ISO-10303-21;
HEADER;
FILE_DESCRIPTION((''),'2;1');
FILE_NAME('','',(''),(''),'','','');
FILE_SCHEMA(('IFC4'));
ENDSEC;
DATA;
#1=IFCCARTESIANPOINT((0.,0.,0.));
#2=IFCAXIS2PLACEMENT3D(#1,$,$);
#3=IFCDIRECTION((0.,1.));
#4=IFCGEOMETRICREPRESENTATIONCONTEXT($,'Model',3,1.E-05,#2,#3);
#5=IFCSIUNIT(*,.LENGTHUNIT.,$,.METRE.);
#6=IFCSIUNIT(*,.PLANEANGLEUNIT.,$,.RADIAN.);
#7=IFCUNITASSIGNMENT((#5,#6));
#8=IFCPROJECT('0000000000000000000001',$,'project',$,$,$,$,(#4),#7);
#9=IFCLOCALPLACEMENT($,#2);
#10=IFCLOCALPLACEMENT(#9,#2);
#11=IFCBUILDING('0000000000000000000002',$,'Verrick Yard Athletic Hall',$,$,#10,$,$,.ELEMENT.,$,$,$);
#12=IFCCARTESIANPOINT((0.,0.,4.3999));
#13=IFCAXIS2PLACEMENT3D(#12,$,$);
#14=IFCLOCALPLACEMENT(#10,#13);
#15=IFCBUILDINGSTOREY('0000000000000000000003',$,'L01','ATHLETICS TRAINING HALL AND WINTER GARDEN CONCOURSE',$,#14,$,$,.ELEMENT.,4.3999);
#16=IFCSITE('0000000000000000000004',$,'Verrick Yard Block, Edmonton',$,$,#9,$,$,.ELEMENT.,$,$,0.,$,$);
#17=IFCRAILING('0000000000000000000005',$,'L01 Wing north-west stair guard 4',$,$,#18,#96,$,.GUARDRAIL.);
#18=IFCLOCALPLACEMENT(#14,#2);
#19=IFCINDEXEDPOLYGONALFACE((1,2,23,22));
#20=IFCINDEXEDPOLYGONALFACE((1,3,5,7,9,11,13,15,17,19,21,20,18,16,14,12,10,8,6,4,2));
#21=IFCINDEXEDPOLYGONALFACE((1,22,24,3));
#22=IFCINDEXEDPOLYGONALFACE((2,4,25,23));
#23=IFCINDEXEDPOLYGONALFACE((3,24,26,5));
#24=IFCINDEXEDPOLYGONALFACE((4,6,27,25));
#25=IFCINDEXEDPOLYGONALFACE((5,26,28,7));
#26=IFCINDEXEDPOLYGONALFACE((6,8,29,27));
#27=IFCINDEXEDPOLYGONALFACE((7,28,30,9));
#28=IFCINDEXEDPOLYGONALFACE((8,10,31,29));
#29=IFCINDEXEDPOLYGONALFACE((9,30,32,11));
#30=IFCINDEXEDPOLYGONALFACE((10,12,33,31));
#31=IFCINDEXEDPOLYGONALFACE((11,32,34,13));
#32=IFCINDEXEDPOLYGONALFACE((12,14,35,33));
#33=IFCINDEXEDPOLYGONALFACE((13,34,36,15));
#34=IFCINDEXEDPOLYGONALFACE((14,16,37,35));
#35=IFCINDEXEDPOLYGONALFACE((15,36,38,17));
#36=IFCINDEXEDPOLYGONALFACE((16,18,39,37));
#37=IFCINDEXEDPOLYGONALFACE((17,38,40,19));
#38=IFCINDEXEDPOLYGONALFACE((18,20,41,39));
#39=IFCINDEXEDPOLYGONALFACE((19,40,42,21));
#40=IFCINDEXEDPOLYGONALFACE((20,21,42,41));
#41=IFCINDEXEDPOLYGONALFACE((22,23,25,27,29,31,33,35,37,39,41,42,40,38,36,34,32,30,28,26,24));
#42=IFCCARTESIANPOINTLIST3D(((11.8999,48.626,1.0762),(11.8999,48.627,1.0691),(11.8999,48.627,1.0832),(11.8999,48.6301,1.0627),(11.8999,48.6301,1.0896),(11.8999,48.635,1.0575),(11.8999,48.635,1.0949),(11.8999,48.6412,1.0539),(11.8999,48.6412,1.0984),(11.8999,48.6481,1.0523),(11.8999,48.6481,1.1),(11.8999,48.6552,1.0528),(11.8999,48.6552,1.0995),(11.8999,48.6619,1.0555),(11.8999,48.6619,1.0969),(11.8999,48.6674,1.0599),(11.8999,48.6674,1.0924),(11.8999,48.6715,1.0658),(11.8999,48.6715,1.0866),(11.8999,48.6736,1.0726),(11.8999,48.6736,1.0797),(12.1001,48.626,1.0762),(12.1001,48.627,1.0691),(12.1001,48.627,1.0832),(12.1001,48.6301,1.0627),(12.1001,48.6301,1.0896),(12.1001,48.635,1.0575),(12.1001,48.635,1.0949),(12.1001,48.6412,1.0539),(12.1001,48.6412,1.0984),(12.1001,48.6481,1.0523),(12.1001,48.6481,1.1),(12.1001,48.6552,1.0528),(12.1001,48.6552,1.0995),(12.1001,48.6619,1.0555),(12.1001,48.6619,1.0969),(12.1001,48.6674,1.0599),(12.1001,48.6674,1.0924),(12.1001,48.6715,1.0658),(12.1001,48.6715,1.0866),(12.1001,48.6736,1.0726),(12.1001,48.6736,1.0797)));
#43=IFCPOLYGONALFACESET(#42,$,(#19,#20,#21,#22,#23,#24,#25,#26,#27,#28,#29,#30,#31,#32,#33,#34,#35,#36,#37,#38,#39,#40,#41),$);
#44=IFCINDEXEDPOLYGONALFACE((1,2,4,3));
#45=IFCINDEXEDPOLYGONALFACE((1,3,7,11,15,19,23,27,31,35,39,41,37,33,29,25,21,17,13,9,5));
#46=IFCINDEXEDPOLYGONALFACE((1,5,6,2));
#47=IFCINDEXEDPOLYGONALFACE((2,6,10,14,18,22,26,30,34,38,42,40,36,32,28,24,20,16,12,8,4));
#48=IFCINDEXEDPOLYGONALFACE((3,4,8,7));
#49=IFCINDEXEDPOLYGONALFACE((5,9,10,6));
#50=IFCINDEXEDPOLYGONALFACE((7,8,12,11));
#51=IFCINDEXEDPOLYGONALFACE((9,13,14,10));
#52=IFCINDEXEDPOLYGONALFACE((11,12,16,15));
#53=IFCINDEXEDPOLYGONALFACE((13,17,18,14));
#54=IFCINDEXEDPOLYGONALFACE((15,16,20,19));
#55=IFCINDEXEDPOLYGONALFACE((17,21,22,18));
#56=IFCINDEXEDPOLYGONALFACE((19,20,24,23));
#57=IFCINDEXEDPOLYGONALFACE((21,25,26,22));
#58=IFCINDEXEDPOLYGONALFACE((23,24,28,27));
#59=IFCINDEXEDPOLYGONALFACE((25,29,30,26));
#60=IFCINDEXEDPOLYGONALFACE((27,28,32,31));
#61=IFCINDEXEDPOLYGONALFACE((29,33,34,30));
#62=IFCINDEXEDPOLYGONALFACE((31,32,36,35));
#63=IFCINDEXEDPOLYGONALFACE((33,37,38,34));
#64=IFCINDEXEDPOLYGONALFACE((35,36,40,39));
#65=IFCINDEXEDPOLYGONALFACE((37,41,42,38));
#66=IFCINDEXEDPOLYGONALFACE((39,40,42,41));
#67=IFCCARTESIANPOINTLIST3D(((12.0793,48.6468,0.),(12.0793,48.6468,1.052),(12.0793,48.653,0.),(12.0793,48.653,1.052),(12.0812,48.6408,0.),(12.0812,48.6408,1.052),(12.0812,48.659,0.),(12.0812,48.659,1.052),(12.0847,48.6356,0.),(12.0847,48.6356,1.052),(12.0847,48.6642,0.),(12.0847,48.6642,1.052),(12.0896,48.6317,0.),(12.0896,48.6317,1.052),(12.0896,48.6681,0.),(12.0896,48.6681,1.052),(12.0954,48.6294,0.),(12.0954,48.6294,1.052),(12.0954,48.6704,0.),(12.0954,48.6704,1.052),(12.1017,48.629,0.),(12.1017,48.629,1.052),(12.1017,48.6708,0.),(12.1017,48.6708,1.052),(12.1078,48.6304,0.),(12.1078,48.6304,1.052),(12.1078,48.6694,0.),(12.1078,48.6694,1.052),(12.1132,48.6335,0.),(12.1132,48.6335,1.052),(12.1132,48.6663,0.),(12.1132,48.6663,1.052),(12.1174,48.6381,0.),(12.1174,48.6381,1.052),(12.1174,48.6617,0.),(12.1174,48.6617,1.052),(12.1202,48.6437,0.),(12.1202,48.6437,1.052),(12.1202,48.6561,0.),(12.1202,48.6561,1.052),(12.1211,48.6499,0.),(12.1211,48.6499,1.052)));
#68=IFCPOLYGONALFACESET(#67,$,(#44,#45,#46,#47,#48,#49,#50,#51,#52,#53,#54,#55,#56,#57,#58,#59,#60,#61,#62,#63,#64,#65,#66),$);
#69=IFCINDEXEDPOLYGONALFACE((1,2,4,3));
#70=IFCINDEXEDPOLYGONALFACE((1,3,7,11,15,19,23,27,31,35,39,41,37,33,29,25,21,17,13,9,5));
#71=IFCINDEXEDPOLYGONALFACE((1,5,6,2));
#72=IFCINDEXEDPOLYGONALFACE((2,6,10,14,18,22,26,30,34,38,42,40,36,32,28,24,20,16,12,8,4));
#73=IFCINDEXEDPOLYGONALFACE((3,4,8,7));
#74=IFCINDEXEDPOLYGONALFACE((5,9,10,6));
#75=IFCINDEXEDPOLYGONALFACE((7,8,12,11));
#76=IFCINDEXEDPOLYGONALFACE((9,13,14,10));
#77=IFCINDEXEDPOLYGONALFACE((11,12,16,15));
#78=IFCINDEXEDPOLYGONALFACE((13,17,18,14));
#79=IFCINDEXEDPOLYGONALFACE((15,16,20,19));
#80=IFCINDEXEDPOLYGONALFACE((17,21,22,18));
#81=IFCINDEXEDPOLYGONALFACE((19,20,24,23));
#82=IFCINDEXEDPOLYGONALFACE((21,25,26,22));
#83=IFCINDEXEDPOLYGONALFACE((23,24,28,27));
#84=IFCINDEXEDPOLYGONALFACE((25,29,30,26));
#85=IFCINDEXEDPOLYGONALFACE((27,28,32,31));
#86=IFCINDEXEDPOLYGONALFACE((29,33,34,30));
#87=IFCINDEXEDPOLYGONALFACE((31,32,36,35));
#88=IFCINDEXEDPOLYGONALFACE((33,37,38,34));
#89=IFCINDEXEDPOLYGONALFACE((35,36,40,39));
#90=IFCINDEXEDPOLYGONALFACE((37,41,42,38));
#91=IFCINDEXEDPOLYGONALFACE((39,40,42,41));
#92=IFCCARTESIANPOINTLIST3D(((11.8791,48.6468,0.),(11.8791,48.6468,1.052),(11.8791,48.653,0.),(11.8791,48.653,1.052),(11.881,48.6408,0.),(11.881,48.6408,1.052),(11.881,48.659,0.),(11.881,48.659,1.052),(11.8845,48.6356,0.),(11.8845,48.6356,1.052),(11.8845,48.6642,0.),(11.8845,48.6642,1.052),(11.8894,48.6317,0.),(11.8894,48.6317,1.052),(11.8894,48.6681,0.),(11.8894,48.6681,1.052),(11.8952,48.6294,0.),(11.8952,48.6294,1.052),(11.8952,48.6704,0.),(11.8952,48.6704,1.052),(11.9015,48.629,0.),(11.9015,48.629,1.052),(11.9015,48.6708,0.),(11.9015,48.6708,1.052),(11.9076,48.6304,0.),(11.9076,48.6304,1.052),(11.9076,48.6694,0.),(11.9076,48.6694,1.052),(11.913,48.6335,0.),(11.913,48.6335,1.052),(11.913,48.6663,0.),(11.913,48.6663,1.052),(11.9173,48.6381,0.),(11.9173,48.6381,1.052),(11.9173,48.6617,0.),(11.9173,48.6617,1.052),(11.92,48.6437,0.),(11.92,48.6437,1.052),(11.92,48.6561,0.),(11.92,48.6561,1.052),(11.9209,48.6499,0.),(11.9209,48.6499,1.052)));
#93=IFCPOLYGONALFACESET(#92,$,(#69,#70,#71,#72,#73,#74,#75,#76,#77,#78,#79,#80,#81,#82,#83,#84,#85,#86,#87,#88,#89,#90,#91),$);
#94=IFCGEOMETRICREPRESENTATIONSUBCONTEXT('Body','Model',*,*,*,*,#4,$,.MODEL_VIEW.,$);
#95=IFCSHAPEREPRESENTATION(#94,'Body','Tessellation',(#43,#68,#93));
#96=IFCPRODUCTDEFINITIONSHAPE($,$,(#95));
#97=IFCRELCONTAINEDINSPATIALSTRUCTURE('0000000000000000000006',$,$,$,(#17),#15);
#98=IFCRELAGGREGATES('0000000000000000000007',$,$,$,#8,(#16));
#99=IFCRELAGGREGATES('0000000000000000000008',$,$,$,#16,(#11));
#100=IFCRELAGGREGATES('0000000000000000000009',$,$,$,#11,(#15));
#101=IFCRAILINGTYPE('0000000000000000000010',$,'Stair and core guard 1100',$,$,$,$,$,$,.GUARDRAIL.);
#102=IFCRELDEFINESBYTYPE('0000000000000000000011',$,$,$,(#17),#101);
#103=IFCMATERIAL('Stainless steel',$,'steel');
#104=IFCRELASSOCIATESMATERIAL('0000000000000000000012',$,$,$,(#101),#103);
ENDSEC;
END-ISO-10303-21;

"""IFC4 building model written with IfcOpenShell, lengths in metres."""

from ifc_helpers import new_model, si_unit, direction, frame, origin, origin_2d, place, context, subcontext, project, spatial, circle, extrude, material, type_object, element, save


model = new_model("IFC4")

# Units and contexts
model_context = context("Model", 3, precision=1e-05, world=origin(), true_north=direction((0.0, 1.0)))
body_context = subcontext(model_context, "Body", "Model", "MODEL_VIEW")
ifc_project = project(units=[si_unit("LENGTHUNIT", "METRE"), si_unit("PLANEANGLEUNIT", "RADIAN")], contexts=[model_context])

# Site, building, storey
site_placement = place(None, origin())
site = spatial("IfcSite", under=ifc_project, at=site_placement, Name="Verrick Yard Block, Edmonton", CompositionType="ELEMENT", RefElevation=0.0)
building_placement = place(site_placement, origin())
building = spatial("IfcBuilding", under=site, at=building_placement, Name="Verrick Yard Athletic Hall", CompositionType="ELEMENT")
storey_placement = place(building_placement, frame((0.0, 0.0, 4.3999)))
storey = spatial("IfcBuildingStorey", under=building, at=storey_placement, Name="L01", Description="ATHLETICS TRAINING HALL AND WINTER GARDEN CONCOURSE", CompositionType="ELEMENT", Elevation=4.3999)

# Railing
ifc_material_1 = material(Name="Stainless steel", Category="steel")
railing_type_1 = type_object("IfcRailingType", Name="Stair and core guard 1100", PredefinedType="GUARDRAIL", material=ifc_material_1)
railing_1_placement = place(storey_placement, frame((12.1001, 48.6499, 0.0)))
element("IfcRailing", 1, at=railing_1_placement, inside=storey, type_object=railing_type_1, Name="L01 Wing north-west stair guard 4", PredefinedType="GUARDRAIL", context=body_context, shape_type="SweptSolid", body=[
    extrude(circle(Radius=0.0239, at=origin_2d()), frame((0.0, 0.0, 1.0762), z_axis=(-1.0, 0.0, 0.0), x_axis=(0.0, -1.0, 0.0)), (0.0, 0.0, 1.0), 0.2002),
    extrude(circle(Radius=0.021, at=origin_2d()), origin(), (0.0, 0.0, 1.0), 1.052),
    extrude(circle(Radius=0.021, at=origin_2d()), frame((-0.2002, 0.0, 0.0)), (0.0, 0.0, 1.0), 1.052),
])

save(model, "model.ifc")
